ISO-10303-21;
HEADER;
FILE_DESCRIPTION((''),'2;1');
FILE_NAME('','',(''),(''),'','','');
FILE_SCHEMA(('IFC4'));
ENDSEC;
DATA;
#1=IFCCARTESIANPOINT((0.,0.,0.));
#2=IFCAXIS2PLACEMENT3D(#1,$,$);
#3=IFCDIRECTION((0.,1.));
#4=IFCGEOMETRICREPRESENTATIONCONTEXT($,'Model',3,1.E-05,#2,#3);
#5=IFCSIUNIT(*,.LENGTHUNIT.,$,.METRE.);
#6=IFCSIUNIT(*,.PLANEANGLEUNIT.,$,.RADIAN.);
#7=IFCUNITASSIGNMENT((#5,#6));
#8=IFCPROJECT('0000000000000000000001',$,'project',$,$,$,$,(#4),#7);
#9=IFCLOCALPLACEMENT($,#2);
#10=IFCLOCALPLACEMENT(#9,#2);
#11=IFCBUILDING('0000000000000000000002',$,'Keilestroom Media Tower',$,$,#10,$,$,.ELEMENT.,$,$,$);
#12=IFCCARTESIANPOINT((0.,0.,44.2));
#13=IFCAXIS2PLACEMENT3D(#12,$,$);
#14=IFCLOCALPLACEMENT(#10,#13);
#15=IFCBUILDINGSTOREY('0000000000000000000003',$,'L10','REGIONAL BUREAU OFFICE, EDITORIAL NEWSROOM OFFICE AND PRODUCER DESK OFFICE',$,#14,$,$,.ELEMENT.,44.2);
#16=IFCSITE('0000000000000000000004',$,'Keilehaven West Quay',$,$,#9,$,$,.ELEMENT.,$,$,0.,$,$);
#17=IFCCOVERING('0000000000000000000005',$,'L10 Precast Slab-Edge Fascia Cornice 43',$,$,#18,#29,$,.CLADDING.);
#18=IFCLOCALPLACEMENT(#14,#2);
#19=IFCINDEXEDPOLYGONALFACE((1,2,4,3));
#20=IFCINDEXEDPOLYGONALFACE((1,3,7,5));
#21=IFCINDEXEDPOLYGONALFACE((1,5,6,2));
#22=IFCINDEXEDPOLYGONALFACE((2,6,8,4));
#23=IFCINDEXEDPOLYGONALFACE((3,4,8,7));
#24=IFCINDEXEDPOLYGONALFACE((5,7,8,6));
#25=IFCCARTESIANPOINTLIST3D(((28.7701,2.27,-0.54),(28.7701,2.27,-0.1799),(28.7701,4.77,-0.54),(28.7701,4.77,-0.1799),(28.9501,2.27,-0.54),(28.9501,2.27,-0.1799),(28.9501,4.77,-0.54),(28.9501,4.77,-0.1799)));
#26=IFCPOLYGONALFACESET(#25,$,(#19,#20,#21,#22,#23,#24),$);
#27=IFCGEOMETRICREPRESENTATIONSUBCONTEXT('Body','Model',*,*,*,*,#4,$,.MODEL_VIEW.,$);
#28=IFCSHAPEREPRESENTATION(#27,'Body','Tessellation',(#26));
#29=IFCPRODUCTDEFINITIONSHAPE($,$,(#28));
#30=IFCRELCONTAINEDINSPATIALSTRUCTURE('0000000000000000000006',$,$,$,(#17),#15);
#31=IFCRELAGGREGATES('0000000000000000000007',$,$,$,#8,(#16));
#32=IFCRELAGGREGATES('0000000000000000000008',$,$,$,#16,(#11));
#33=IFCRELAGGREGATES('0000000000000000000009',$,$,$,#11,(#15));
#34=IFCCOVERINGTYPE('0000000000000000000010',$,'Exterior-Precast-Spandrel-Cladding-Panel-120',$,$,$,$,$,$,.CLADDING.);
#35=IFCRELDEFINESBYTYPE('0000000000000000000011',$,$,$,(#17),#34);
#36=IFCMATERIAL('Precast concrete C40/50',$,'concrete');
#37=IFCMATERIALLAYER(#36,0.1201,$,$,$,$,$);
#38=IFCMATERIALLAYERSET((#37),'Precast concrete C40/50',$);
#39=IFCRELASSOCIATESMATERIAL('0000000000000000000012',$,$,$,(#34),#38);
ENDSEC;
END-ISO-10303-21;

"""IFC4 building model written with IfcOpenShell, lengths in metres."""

from ifc_helpers import new_model, si_unit, direction, frame, origin, origin_2d, place, context, subcontext, project, spatial, rectangle, extrude, source, transform, mapped, material, layer, layer_set, type_object, element, save


model = new_model("IFC4")

# Units and contexts
model_context = context("Model", 3, precision=1e-05, world=origin(), true_north=direction((0.0, 1.0)))
body_context = subcontext(model_context, "Body", "Model", "MODEL_VIEW")
ifc_project = project(units=[si_unit("LENGTHUNIT", "METRE"), si_unit("PLANEANGLEUNIT", "RADIAN")], contexts=[model_context])

# Site, building, storey
site_placement = place(None, origin())
site = spatial("IfcSite", under=ifc_project, at=site_placement, Name="Keilehaven West Quay", CompositionType="ELEMENT", RefElevation=0.0)
building_placement = place(site_placement, origin())
building = spatial("IfcBuilding", under=site, at=building_placement, Name="Keilestroom Media Tower", CompositionType="ELEMENT")
storey_placement = place(building_placement, frame((0.0, 0.0, 44.2)))
storey = spatial("IfcBuildingStorey", under=building, at=storey_placement, Name="L10", Description="REGIONAL BUREAU OFFICE, EDITORIAL NEWSROOM OFFICE AND PRODUCER DESK OFFICE", CompositionType="ELEMENT", Elevation=44.2)

# Shared definitions
ifc_material_1 = material(Name="Precast concrete C40/50", Category="concrete")

# Covering
ifc_layer_1 = layer(ifc_material_1, 0.1201)
ifc_layer_set_1 = layer_set([ifc_layer_1], Name="Precast concrete C40/50")
covering_type = type_object("IfcCoveringType", Name="Exterior-Precast-Spandrel-Cladding-Panel-120", PredefinedType="CLADDING", material=ifc_layer_set_1)
shared_shape_1 = source(origin(), body_context, "Body", "SweptSolid", [
    extrude(rectangle(XDim=2.5, YDim=0.1799, at=origin_2d()), origin(), (0.0, 0.0, 1.0), 0.3601),
])
covering_placement = place(storey_placement, frame((28.8601, 3.52, -0.54), z_axis=(0.0, 0.0, 1.0), x_axis=(0.0, -1.0, 0.0)))
element("IfcCovering", 1, at=covering_placement, inside=storey, type_object=covering_type, Name="L10 Precast Slab-Edge Fascia Cornice 43", PredefinedType="CLADDING", context=body_context, shape_type="MappedRepresentation", body=[
    mapped(shared_shape_1, transform((0.0, 0.0, 0.0), x_axis=(1.0, 0.0, 0.0), y_axis=(0.0, 1.0, 0.0), z_axis=(0.0, 0.0, 1.0), scale=1.0)),
])

save(model, "model.ifc")
